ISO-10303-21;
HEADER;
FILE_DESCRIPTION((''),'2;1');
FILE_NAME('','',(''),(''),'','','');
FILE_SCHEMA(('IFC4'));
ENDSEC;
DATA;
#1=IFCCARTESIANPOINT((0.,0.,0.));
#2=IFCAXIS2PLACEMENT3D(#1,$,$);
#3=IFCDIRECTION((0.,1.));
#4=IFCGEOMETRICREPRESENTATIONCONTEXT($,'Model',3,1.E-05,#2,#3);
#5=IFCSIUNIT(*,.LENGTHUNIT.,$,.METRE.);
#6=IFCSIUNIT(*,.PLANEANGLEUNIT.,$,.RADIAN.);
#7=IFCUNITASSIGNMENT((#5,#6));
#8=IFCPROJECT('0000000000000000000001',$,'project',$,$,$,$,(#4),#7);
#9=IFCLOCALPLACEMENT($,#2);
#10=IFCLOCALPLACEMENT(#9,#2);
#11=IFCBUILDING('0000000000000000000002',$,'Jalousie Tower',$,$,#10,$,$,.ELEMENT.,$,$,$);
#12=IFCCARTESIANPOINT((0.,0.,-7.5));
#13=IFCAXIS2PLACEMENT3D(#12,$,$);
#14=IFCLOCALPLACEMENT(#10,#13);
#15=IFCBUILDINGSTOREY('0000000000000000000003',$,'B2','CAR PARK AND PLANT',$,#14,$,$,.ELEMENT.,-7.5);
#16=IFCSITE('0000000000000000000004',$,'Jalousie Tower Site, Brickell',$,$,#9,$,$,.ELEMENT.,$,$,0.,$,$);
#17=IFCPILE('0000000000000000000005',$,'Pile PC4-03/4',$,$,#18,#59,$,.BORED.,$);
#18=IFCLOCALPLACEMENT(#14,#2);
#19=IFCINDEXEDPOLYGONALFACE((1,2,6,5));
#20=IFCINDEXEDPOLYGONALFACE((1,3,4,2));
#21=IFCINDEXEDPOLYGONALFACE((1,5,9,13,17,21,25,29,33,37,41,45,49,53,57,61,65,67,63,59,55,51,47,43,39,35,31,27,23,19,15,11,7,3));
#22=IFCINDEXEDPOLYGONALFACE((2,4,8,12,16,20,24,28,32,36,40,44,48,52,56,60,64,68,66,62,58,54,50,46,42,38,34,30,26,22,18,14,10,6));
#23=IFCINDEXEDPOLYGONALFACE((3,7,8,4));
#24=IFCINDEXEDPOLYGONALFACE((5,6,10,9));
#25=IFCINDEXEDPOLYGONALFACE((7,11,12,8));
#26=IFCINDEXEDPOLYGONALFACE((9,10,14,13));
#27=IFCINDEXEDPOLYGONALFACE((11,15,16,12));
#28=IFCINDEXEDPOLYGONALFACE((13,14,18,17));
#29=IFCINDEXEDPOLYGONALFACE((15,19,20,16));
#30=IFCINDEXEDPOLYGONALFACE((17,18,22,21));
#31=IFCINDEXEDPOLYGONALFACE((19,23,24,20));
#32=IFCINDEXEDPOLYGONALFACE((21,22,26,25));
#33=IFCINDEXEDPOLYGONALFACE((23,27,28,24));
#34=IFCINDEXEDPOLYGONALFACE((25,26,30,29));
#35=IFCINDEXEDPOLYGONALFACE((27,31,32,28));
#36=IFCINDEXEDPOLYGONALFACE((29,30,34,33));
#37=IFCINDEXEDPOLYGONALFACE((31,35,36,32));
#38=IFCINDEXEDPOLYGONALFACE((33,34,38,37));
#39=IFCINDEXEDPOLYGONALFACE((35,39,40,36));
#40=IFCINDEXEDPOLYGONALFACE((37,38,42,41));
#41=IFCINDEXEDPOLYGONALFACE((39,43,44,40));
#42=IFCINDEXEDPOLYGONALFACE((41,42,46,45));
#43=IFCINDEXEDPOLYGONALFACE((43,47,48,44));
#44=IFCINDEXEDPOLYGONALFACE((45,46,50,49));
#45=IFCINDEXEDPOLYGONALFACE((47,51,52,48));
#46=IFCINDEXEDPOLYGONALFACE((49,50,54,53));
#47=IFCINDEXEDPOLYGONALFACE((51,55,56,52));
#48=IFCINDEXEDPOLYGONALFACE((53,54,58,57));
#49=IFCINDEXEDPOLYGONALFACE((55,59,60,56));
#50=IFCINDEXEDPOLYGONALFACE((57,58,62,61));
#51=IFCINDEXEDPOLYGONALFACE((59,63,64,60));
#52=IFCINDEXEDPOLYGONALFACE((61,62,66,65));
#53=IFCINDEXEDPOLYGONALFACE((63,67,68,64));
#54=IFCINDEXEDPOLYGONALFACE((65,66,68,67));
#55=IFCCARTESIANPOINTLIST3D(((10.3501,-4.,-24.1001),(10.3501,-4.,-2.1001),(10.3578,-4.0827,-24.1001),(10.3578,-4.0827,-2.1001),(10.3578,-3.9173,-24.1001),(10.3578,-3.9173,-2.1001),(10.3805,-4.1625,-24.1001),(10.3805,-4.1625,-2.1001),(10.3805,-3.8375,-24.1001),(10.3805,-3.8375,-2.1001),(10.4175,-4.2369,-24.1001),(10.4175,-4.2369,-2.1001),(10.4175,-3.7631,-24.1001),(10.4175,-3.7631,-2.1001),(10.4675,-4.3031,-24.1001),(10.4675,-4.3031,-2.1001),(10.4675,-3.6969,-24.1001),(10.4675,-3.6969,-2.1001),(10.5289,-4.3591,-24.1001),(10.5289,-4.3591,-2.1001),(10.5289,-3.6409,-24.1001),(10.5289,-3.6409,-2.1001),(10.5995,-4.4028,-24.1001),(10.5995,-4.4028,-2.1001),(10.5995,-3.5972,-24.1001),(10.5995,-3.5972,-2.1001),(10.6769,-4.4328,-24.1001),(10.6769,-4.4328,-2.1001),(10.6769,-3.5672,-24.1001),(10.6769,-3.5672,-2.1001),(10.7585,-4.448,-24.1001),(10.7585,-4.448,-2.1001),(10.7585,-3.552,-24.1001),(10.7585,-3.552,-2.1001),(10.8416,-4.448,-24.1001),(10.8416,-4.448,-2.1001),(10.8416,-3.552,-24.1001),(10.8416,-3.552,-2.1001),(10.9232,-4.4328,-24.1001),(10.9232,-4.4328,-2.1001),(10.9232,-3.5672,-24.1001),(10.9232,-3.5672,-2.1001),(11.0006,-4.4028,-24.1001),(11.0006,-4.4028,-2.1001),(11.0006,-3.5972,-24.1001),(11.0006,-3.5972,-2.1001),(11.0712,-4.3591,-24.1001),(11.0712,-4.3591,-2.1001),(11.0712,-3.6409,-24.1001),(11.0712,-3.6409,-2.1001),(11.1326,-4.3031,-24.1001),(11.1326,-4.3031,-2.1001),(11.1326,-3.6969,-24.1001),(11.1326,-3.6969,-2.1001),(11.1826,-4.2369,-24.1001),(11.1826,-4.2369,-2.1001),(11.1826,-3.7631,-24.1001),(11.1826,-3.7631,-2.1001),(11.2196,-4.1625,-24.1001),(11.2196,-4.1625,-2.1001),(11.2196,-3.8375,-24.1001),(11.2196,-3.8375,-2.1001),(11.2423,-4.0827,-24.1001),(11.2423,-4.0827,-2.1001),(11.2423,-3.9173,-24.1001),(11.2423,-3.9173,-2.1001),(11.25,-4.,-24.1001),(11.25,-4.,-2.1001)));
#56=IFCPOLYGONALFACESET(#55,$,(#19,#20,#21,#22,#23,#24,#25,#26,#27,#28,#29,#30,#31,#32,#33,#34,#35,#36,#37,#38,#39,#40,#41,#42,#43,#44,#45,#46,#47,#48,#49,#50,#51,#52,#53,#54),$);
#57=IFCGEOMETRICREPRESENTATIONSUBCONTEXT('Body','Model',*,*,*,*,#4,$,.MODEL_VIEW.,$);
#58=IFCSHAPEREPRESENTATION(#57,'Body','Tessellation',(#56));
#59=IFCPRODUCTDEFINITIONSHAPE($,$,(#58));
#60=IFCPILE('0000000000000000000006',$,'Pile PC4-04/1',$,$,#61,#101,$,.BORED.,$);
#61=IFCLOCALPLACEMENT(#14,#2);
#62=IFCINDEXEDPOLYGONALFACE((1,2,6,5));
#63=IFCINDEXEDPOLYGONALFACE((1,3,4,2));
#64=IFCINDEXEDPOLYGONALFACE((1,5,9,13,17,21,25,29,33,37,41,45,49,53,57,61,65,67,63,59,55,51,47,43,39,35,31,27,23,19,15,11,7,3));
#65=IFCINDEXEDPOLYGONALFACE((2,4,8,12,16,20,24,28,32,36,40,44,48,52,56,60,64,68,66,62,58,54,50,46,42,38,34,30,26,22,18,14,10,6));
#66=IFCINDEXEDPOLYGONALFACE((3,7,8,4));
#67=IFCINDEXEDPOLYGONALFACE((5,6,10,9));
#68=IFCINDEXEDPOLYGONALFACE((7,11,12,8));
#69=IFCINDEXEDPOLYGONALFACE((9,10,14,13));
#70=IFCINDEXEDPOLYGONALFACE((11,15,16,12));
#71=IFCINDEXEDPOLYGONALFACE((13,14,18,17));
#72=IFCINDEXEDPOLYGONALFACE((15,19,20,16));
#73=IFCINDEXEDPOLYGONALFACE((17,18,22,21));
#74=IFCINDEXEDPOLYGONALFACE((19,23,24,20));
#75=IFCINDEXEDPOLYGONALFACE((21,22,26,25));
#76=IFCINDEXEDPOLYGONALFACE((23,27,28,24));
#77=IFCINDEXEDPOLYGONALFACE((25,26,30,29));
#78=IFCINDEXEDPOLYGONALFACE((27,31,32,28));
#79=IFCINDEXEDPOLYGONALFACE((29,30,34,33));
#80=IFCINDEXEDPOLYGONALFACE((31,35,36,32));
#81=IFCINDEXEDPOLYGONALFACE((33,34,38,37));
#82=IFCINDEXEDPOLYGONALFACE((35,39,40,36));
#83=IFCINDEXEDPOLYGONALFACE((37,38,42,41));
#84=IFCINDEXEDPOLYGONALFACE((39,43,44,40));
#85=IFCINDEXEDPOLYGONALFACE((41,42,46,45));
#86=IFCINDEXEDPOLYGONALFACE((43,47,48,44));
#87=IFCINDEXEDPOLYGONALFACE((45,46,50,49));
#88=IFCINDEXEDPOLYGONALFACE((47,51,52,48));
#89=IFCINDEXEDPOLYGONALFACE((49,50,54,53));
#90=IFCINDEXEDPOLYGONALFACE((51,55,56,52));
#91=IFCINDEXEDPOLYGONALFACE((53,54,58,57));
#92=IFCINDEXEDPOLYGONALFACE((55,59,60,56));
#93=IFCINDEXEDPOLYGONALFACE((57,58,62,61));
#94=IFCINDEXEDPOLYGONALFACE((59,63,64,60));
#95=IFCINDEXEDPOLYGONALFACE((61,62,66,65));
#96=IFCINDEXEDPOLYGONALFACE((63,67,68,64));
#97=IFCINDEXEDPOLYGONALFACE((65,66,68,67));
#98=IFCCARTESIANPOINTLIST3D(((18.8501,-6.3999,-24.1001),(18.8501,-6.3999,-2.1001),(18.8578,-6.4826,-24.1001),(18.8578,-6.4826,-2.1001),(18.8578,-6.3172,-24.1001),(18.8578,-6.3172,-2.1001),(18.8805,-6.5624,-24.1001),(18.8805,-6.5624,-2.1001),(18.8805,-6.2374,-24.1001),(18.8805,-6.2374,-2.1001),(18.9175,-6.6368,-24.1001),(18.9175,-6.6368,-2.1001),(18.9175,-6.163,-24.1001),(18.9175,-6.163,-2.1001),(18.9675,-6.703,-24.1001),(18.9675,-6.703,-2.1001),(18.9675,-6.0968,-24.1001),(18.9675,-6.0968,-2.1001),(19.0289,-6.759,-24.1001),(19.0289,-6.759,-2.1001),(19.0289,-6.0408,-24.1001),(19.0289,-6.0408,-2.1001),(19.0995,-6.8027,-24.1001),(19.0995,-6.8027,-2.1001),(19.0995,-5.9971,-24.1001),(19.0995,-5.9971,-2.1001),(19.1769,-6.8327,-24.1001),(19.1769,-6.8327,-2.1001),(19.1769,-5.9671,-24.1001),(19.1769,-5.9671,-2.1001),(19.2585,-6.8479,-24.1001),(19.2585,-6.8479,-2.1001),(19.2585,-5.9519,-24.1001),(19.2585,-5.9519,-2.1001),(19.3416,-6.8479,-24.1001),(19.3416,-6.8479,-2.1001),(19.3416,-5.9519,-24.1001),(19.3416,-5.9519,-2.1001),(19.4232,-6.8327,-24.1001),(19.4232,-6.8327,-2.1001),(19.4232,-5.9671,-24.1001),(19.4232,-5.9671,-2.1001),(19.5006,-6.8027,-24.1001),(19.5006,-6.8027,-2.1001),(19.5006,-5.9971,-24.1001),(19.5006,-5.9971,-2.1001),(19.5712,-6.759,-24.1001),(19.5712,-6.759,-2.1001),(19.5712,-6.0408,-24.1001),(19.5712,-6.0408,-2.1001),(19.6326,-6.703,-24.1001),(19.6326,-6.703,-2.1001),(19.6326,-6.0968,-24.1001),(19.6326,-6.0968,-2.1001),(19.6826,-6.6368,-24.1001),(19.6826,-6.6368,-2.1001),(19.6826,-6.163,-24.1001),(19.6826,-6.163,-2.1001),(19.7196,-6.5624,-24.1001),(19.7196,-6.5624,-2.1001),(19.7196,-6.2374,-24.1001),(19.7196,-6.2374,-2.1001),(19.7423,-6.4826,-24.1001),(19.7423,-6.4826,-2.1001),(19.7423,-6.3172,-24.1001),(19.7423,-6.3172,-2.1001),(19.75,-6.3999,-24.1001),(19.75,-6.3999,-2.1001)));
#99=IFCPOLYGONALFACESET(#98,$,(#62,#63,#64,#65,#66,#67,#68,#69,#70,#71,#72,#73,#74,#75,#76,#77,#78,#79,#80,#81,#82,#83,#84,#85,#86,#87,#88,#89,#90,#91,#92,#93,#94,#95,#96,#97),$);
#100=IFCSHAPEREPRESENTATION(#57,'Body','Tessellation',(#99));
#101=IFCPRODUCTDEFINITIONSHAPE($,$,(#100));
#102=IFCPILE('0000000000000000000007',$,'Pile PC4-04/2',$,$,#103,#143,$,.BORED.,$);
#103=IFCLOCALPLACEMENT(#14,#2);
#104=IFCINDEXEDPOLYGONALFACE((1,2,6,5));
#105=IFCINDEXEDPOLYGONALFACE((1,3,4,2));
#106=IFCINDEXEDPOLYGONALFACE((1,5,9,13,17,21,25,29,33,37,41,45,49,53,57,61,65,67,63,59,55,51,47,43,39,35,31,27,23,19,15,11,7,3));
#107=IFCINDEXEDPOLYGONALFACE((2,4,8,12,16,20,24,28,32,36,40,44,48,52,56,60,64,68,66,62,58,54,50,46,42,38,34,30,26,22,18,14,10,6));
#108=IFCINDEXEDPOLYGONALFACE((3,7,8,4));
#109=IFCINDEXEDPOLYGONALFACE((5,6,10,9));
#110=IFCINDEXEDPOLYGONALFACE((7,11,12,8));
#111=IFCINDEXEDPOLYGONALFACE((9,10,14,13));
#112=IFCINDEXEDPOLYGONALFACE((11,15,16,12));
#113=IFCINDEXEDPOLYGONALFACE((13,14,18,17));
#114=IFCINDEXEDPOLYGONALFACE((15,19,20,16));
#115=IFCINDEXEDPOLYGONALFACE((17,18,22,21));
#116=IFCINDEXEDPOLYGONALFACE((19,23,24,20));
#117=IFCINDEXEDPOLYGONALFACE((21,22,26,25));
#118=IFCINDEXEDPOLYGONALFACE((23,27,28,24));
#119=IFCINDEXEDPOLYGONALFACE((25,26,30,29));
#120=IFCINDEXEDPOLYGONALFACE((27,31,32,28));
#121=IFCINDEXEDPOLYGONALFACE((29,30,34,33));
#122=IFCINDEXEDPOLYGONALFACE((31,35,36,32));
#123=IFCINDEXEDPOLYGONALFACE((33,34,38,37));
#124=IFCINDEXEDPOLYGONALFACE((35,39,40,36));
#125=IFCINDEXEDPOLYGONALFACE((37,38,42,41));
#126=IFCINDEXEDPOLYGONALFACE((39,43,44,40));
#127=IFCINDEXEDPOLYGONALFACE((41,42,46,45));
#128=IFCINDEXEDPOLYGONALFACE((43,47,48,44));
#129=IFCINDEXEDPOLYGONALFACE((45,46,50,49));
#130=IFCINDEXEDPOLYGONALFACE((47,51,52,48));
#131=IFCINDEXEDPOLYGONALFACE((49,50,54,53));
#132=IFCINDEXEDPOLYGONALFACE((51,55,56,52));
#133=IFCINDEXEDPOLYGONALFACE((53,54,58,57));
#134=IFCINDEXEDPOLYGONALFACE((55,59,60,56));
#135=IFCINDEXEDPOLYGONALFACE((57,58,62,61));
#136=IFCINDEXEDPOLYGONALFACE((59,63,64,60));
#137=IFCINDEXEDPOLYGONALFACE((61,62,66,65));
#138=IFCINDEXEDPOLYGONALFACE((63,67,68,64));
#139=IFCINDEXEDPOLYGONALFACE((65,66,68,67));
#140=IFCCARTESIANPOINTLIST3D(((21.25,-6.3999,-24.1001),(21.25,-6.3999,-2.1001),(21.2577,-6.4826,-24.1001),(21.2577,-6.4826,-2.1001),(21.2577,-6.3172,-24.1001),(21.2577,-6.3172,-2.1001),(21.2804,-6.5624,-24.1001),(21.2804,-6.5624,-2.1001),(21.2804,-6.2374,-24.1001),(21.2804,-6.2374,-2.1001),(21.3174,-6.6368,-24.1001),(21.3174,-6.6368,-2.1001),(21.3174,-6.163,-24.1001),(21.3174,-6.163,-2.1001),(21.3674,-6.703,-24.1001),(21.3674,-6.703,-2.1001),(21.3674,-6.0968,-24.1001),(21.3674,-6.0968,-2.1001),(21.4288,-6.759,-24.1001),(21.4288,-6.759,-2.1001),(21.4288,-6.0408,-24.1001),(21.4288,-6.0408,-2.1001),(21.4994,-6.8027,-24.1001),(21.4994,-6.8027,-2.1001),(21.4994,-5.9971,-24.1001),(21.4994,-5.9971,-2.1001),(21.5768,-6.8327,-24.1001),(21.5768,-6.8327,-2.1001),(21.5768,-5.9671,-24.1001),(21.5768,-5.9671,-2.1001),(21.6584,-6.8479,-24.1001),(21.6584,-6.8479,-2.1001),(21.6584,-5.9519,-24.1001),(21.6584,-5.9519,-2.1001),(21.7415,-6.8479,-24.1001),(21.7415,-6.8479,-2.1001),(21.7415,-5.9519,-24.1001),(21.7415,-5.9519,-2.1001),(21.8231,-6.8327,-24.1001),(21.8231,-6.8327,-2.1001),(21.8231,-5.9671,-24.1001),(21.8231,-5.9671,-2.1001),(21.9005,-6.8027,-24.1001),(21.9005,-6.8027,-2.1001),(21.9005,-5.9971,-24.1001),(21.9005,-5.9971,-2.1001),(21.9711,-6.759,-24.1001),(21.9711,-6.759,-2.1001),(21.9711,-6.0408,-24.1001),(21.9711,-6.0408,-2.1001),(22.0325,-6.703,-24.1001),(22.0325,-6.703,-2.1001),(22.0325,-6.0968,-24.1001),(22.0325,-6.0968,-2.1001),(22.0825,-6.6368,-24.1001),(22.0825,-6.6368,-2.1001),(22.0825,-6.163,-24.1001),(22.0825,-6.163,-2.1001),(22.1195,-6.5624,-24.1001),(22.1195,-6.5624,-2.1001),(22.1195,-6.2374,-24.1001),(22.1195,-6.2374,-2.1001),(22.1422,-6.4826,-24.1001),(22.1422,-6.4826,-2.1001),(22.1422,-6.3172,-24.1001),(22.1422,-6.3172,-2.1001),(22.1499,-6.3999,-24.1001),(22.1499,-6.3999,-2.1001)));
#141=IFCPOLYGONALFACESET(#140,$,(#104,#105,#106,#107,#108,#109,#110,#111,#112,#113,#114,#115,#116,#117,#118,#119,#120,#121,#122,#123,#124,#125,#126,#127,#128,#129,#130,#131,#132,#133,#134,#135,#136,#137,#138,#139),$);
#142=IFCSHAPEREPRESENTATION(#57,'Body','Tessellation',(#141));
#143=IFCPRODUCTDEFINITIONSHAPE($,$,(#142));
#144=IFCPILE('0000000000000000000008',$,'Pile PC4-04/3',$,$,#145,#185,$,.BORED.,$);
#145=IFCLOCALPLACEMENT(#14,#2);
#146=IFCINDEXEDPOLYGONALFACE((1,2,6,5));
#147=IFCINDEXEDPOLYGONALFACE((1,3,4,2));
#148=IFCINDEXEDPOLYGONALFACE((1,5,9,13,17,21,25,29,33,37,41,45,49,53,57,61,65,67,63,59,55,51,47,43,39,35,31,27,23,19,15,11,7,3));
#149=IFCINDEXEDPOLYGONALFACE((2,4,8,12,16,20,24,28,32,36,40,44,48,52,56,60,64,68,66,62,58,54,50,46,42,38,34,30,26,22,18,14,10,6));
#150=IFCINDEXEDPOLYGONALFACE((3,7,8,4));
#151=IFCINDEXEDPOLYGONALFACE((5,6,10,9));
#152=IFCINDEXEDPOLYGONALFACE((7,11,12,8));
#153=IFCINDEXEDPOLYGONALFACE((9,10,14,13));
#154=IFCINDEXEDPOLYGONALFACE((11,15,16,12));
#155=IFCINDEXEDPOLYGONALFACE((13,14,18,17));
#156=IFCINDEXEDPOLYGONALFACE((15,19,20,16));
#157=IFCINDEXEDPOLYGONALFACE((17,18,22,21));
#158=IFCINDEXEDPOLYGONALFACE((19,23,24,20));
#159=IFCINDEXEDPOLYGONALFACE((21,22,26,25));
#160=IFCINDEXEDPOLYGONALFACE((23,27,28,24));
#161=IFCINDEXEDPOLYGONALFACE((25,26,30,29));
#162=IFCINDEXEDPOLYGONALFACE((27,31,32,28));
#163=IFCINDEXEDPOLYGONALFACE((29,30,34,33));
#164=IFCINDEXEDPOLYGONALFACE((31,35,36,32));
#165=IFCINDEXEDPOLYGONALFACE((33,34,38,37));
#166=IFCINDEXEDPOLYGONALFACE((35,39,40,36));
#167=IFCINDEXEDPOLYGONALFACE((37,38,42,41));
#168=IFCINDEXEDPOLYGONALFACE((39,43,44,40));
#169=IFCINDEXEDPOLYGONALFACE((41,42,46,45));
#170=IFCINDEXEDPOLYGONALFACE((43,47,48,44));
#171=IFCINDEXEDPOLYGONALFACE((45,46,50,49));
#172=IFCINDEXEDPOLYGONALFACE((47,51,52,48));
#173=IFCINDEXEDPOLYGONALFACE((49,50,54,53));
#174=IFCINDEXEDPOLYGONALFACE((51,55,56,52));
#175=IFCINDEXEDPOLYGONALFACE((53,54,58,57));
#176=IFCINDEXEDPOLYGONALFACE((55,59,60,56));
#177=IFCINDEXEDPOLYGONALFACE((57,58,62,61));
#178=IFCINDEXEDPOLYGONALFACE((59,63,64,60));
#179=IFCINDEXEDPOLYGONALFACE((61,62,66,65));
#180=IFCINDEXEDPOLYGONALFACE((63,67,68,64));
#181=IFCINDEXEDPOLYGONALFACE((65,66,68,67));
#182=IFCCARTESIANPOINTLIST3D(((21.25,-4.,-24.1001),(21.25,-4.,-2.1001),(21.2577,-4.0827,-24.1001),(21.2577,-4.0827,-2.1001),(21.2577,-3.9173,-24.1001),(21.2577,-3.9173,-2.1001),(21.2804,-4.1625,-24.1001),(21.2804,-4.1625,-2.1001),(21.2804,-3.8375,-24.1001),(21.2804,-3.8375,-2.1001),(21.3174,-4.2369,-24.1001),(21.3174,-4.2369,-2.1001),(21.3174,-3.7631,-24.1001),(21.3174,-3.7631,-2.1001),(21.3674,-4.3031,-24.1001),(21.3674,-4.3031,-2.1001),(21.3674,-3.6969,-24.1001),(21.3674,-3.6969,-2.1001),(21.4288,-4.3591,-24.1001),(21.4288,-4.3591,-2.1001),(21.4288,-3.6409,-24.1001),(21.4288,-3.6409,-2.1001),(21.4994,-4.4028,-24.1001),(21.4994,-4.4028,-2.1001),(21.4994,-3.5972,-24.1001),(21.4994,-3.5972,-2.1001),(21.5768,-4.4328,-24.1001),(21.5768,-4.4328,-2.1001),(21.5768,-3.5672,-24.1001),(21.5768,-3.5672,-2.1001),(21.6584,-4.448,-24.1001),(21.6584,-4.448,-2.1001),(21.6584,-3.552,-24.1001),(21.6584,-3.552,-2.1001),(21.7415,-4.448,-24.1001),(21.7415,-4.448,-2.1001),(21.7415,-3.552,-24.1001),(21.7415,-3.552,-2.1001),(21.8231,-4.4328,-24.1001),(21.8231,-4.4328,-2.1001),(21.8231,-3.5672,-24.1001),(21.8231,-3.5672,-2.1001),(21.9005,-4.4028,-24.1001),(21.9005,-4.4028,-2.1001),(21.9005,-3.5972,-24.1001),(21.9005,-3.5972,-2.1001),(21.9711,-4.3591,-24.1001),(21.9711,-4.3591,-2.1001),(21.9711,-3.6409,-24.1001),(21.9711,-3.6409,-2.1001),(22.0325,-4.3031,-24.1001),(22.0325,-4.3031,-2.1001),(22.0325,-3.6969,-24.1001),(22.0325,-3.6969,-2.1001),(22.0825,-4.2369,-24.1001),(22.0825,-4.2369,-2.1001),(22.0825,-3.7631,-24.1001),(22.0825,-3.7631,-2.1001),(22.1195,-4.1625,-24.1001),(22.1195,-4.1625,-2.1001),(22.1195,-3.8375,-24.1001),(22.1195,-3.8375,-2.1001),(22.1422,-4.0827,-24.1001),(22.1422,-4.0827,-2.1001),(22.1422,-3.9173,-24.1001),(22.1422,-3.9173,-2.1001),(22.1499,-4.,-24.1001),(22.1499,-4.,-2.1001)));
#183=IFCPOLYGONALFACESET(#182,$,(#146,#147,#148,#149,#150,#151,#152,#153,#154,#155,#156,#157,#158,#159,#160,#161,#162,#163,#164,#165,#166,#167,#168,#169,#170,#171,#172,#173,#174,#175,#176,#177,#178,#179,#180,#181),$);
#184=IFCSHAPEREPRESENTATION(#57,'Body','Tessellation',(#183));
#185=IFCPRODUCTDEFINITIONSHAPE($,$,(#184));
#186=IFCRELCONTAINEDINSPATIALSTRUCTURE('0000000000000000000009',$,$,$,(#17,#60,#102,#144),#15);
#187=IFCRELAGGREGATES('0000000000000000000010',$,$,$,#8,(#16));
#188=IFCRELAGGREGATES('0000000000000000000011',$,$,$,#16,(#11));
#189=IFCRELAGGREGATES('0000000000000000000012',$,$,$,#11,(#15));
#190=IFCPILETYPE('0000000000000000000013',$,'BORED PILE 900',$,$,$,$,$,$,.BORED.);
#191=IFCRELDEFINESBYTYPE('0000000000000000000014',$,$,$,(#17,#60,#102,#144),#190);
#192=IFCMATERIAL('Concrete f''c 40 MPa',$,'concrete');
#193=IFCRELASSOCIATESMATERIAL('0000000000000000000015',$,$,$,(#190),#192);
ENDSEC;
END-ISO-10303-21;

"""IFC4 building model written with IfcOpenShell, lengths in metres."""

from ifc_helpers import new_model, si_unit, direction, frame, origin, origin_2d, place, context, subcontext, project, spatial, circle, extrude, material, material_profile, profile_set, type_object, element, save


model = new_model("IFC4")

# Units and contexts
model_context = context("Model", 3, precision=1e-05, world=origin(), true_north=direction((0.0, 1.0)))
body_context = subcontext(model_context, "Body", "Model", "MODEL_VIEW")
ifc_project = project(units=[si_unit("LENGTHUNIT", "METRE"), si_unit("PLANEANGLEUNIT", "RADIAN")], contexts=[model_context])

# Site, building, storey
site_placement = place(None, origin())
site = spatial("IfcSite", under=ifc_project, at=site_placement, Name="Jalousie Tower Site, Brickell", CompositionType="ELEMENT", RefElevation=0.0)
building_placement = place(site_placement, origin())
building = spatial("IfcBuilding", under=site, at=building_placement, Name="Jalousie Tower", CompositionType="ELEMENT")
storey_placement = place(building_placement, frame((0.0, 0.0, -7.5)))
storey = spatial("IfcBuildingStorey", under=building, at=storey_placement, Name="B2", Description="CAR PARK AND PLANT", CompositionType="ELEMENT", Elevation=-7.5)

# Piles
ifc_material_1 = material(Name="Concrete f'c 40 MPa", Category="concrete")
ifc_material_profile_1 = material_profile(ifc_material_1, circle(Radius=0.45, at=origin_2d()), Name="BORED PILE D900")
ifc_profile_set_1 = profile_set([ifc_material_profile_1], Name="Concrete f'c 40 MPa")
pile_type_1 = type_object("IfcPileType", Name="BORED PILE 900", PredefinedType="BORED", material=ifc_profile_set_1)
for number, where, z_axis, x_axis, name in (
    (1, (10.8, -4.0, -2.1001), (0.0, 0.0, -1.0), (1.0, 0.0, 0.0), "Pile PC4-03/4"),
    (2, (19.3, -6.3999, -2.1001), (0.0, 0.0, -1.0), (1.0, 0.0, 0.0), "Pile PC4-04/1"),
    (3, (21.7, -6.3999, -2.1001), (0.0, 0.0, -1.0), (1.0, 0.0, 0.0), "Pile PC4-04/2"),
    (4, (21.7, -4.0, -2.1001), (0.0, 0.0, -1.0), (1.0, 0.0, 0.0), "Pile PC4-04/3"),
):
    element("IfcPile", number, at=place(storey_placement, frame(where, z_axis=z_axis, x_axis=x_axis)), inside=storey, type_object=pile_type_1, Name=name, PredefinedType="BORED", context=body_context, shape_type="SweptSolid", body=[
        extrude(circle(Radius=0.45, at=origin_2d()), origin(), (0.0, 0.0, 1.0), 22.0),
    ])

save(model, "model.ifc")
